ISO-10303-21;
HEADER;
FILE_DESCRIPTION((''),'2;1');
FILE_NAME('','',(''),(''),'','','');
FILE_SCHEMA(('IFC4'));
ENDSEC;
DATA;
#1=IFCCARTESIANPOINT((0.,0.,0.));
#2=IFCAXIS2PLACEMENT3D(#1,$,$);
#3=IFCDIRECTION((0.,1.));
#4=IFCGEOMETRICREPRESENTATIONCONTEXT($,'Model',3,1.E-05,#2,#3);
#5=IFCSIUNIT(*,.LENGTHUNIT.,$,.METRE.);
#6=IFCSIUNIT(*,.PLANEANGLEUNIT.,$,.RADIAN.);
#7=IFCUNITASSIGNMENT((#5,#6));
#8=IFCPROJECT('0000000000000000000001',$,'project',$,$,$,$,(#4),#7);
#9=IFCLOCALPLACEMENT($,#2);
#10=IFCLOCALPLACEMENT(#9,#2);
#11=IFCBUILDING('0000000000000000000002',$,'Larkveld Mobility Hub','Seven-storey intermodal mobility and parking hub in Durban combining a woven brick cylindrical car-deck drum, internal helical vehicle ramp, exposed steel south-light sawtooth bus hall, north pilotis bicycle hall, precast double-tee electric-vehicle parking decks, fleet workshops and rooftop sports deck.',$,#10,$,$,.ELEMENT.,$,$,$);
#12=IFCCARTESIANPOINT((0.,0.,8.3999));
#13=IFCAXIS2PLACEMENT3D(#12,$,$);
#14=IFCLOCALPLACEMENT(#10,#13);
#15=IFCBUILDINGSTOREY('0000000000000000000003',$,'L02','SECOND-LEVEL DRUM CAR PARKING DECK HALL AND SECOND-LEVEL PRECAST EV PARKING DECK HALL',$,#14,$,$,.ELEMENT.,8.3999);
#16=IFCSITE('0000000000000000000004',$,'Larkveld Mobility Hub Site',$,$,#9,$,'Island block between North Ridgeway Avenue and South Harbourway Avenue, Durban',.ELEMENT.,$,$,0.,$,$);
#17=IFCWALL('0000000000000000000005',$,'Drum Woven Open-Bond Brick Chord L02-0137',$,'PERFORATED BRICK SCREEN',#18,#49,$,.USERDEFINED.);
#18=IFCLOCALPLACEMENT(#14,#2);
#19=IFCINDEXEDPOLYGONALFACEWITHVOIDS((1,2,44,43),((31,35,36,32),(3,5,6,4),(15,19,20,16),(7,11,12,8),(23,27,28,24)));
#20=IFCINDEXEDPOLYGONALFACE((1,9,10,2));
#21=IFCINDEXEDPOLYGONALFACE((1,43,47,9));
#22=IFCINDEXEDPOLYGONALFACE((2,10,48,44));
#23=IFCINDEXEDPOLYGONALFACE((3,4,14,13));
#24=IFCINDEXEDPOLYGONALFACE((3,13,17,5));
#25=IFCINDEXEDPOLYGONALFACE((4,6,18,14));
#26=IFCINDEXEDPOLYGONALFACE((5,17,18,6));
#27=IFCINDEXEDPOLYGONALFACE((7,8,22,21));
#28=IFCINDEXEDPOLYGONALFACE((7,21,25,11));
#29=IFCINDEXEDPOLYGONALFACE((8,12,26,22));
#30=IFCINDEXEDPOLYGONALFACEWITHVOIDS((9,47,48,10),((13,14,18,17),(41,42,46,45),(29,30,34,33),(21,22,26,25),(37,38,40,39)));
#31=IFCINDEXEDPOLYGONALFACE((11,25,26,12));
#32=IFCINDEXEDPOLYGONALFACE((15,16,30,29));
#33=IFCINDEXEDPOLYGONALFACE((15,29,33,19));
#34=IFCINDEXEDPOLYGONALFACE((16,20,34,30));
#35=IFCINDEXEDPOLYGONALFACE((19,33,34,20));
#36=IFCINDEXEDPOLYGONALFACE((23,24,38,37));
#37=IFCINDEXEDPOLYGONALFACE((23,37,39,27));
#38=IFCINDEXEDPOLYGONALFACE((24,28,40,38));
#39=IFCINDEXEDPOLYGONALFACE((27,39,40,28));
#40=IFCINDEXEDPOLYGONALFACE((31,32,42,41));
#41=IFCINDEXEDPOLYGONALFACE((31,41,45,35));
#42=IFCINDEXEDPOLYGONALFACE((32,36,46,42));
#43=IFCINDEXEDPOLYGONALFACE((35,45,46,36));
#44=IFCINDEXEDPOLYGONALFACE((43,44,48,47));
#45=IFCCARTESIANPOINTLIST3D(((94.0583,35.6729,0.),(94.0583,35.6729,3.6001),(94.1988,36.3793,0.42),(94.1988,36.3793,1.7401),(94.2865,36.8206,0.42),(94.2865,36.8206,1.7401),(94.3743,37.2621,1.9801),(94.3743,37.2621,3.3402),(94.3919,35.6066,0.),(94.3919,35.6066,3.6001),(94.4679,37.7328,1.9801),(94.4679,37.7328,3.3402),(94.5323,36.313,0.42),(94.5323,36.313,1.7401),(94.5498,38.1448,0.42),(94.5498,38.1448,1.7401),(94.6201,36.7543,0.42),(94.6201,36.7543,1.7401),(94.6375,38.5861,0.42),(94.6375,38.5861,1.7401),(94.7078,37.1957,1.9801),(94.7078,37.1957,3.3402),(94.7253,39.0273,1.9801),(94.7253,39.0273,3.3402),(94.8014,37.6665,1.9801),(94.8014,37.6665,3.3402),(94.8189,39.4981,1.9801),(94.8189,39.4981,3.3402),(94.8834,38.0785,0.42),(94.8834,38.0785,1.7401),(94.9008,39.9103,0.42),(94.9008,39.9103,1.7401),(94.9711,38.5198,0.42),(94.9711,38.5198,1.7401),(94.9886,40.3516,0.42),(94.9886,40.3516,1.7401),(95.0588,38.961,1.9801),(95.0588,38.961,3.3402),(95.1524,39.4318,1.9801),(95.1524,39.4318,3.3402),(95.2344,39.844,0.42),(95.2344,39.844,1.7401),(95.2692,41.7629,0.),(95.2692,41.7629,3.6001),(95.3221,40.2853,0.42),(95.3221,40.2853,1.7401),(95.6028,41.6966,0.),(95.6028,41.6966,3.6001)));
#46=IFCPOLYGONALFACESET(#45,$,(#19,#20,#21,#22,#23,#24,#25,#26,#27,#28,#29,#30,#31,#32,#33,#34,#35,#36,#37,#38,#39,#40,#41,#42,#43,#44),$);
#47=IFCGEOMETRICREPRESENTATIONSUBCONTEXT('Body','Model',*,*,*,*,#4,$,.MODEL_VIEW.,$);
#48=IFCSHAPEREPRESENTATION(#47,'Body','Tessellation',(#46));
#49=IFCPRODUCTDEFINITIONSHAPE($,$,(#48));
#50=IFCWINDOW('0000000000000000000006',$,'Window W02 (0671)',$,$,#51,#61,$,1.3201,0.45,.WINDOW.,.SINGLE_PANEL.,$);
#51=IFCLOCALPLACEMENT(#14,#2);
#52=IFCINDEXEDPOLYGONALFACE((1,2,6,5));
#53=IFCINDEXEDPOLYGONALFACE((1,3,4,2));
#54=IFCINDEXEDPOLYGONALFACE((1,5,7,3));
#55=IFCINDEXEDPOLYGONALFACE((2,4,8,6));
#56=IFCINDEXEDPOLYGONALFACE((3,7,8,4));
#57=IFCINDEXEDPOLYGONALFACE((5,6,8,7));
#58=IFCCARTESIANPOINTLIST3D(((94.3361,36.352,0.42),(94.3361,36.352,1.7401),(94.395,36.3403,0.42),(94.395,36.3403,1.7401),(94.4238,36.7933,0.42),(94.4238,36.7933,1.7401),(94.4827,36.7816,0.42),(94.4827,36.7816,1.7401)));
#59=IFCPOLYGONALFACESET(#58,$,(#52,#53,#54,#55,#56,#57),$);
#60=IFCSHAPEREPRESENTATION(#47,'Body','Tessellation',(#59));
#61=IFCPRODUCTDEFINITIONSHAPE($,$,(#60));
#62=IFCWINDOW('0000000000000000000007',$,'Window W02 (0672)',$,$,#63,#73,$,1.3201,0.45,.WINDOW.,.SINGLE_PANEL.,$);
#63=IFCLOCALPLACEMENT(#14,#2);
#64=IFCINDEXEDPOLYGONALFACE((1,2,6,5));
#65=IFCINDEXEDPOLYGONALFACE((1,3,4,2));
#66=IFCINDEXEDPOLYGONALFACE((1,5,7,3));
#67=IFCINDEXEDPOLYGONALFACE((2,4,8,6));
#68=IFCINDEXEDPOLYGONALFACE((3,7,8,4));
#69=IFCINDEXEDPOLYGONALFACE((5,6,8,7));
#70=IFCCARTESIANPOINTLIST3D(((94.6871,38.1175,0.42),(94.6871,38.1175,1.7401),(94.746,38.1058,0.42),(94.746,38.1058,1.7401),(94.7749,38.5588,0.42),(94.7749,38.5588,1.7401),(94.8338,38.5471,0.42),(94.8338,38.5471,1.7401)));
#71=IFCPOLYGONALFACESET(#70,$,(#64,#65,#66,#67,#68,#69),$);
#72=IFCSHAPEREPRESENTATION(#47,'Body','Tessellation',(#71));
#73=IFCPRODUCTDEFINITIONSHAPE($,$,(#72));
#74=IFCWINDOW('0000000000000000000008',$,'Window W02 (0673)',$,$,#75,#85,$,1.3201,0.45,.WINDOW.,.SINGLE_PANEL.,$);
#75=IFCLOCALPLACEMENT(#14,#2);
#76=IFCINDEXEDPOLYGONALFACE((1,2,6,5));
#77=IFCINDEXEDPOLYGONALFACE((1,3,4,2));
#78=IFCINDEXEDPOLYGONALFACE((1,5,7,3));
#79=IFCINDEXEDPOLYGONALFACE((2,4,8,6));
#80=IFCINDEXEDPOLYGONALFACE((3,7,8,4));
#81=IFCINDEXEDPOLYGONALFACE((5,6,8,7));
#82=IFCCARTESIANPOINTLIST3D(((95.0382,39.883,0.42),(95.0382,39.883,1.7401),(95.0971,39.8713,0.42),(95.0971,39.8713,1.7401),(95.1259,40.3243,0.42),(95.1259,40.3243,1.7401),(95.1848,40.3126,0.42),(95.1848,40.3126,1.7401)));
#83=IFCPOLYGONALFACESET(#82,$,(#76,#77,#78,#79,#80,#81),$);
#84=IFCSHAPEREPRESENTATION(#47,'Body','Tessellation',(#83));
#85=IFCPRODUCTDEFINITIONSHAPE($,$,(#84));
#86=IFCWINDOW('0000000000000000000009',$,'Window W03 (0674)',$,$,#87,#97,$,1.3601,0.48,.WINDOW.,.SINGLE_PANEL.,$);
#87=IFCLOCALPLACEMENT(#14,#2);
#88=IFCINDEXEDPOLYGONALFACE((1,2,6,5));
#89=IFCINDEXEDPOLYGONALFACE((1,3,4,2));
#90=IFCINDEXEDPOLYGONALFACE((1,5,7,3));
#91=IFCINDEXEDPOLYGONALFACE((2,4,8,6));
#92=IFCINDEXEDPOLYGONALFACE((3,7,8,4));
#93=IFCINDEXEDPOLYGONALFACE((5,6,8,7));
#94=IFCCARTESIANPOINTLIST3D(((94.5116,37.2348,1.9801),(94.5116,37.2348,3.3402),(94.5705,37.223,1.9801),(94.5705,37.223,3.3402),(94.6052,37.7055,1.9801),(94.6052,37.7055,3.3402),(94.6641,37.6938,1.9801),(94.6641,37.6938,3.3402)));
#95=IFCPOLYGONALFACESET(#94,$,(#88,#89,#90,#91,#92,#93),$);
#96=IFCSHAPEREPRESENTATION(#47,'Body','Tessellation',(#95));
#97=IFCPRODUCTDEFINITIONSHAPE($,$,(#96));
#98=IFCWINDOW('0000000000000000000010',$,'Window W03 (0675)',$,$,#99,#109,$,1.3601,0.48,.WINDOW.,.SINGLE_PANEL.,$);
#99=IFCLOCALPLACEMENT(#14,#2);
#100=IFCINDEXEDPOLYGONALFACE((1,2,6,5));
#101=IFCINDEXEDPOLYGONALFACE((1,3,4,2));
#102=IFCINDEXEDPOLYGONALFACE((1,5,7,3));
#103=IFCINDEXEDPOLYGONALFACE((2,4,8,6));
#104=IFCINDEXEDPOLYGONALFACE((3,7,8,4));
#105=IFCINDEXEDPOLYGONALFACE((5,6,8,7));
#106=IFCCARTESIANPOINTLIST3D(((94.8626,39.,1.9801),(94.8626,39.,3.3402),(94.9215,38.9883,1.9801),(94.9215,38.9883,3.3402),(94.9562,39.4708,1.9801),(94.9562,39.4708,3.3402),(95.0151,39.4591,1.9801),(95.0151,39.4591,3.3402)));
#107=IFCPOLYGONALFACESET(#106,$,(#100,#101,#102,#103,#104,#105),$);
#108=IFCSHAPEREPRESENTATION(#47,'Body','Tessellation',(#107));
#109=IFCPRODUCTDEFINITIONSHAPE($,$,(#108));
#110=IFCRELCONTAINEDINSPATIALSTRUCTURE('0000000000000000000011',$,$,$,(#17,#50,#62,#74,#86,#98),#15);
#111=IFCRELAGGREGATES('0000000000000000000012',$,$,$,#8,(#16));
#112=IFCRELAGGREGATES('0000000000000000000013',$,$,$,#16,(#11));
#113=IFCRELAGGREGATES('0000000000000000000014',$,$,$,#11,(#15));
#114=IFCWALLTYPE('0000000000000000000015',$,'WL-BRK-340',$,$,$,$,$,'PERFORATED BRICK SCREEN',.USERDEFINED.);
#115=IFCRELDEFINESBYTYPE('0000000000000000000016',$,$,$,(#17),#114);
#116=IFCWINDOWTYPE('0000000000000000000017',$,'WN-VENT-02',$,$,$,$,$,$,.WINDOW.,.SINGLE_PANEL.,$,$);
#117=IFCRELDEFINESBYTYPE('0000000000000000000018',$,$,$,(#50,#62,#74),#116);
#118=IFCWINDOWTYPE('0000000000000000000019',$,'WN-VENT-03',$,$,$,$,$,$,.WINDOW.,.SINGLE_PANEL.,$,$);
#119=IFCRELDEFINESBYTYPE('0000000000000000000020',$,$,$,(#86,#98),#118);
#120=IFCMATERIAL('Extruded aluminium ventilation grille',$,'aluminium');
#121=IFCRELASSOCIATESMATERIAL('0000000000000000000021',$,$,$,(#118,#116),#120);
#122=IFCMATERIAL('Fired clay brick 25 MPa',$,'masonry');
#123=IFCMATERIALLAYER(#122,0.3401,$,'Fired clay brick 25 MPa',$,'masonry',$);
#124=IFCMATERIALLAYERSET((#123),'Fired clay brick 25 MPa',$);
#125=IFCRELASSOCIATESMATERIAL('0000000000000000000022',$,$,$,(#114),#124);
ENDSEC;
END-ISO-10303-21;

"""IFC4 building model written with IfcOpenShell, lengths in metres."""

from ifc_helpers import new_model, si_unit, direction, frame, frame_2d, origin, place, context, subcontext, project, spatial, rectangle, extrude, material, layer, layer_set, type_object, element, fill, save


model = new_model("IFC4")

# Units and contexts
model_context = context("Model", 3, precision=1e-05, world=origin(), true_north=direction((0.0, 1.0)))
body_context = subcontext(model_context, "Body", "Model", "MODEL_VIEW")
ifc_project = project(units=[si_unit("LENGTHUNIT", "METRE"), si_unit("PLANEANGLEUNIT", "RADIAN")], contexts=[model_context])

# Site, building, storey
site_placement = place(None, origin())
site = spatial("IfcSite", under=ifc_project, at=site_placement, Name="Larkveld Mobility Hub Site", LongName="Island block between North Ridgeway Avenue and South Harbourway Avenue, Durban", CompositionType="ELEMENT", RefElevation=0.0)
building_placement = place(site_placement, origin())
building = spatial("IfcBuilding", under=site, at=building_placement, Name="Larkveld Mobility Hub", Description="Seven-storey intermodal mobility and parking hub in Durban combining a woven brick cylindrical car-deck drum, internal helical vehicle ramp, exposed steel south-light sawtooth bus hall, north pilotis bicycle hall, precast double-tee electric-vehicle parking decks, fleet workshops and rooftop sports deck.", CompositionType="ELEMENT")
storey_placement = place(building_placement, frame((0.0, 0.0, 8.3999)))
storey = spatial("IfcBuildingStorey", under=building, at=storey_placement, Name="L02", Description="SECOND-LEVEL DRUM CAR PARKING DECK HALL AND SECOND-LEVEL PRECAST EV PARKING DECK HALL", CompositionType="ELEMENT", Elevation=8.3999)

# Wall, openings, windows
ifc_material_1 = material(Name="Fired clay brick 25 MPa", Category="masonry")
ifc_material_2 = material(Name="Extruded aluminium ventilation grille", Category="aluminium")
window_type_1 = type_object("IfcWindowType", Name="WN-VENT-03", PartitioningType="SINGLE_PANEL", PredefinedType="WINDOW", material=ifc_material_2)
ifc_layer_1 = layer(ifc_material_1, 0.3401, Name="Fired clay brick 25 MPa", Category="masonry")
ifc_layer_set_1 = layer_set([ifc_layer_1], Name="Fired clay brick 25 MPa")
wall_type_1 = type_object("IfcWallType", Name="WL-BRK-340", ElementType="PERFORATED BRICK SCREEN", PredefinedType="USERDEFINED", material=ifc_layer_set_1)
wall_1_placement = place(storey_placement, frame((94.2251, 35.6399, 0.0), z_axis=(0.0, 0.0, 1.0), x_axis=(0.19502, 0.980799, 0.0)))
wall_1 = element("IfcWall", 1, at=wall_1_placement, inside=storey, type_object=wall_type_1, Name="Drum Woven Open-Bond Brick Chord L02-0137", ObjectType="PERFORATED BRICK SCREEN", PredefinedType="USERDEFINED", context=body_context, shape_type="SweptSolid", body=[
    extrude(rectangle(XDim=6.2092, YDim=0.3401, at=frame_2d((3.1045, 0.0))), origin(), (0.0, 0.0, 1.0), 3.6001),
])
opening_1_placement = place(wall_1_placement, frame((0.72, 0.0, 0.4199)))
opening_1 = element("IfcOpeningElement", 2, at=opening_1_placement, cuts=wall_1, PredefinedType="OPENING", context=body_context, shape_type="SweptSolid", body=[
    extrude(rectangle(XDim=0.45, YDim=1.3201, at=frame_2d((0.2251, 0.6602))), frame((0.0, 0.1802, 0.0), z_axis=(0.0, -1.0, 0.0), x_axis=(1.0, 0.0, 0.0)), (0.0, 0.0, 1.0), 0.3601),
])
opening_2_placement = place(wall_1_placement, frame((2.52, 0.0, 0.4199)))
opening_2 = element("IfcOpeningElement", 3, at=opening_2_placement, cuts=wall_1, PredefinedType="OPENING", context=body_context, shape_type="SweptSolid", body=[
    extrude(rectangle(XDim=0.45, YDim=1.3201, at=frame_2d((0.2251, 0.6602))), frame((0.0, 0.1802, 0.0), z_axis=(0.0, -1.0, 0.0), x_axis=(1.0, 0.0, 0.0)), (0.0, 0.0, 1.0), 0.3601),
])
opening_3_placement = place(wall_1_placement, frame((4.3201, 0.0, 0.4199)))
opening_3 = element("IfcOpeningElement", 4, at=opening_3_placement, cuts=wall_1, PredefinedType="OPENING", context=body_context, shape_type="SweptSolid", body=[
    extrude(rectangle(XDim=0.45, YDim=1.3201, at=frame_2d((0.2251, 0.6602))), frame((0.0, 0.1802, 0.0), z_axis=(0.0, -1.0, 0.0), x_axis=(1.0, 0.0, 0.0)), (0.0, 0.0, 1.0), 0.3601),
])
opening_4_placement = place(wall_1_placement, frame((1.6201, 0.0, 1.98)))
opening_4 = element("IfcOpeningElement", 5, at=opening_4_placement, cuts=wall_1, PredefinedType="OPENING", context=body_context, shape_type="SweptSolid", body=[
    extrude(rectangle(XDim=0.48, YDim=1.3601, at=frame_2d((0.24, 0.6802))), frame((0.0, 0.1802, 0.0), z_axis=(0.0, -1.0, 0.0), x_axis=(1.0, 0.0, 0.0)), (0.0, 0.0, 1.0), 0.3601),
])
opening_5_placement = place(wall_1_placement, frame((3.4199, 0.0, 1.98)))
opening_5 = element("IfcOpeningElement", 6, at=opening_5_placement, cuts=wall_1, PredefinedType="OPENING", context=body_context, shape_type="SweptSolid", body=[
    extrude(rectangle(XDim=0.48, YDim=1.3601, at=frame_2d((0.24, 0.6802))), frame((0.0, 0.1802, 0.0), z_axis=(0.0, -1.0, 0.0), x_axis=(1.0, 0.0, 0.0)), (0.0, 0.0, 1.0), 0.3601),
])
window_type_2 = type_object("IfcWindowType", Name="WN-VENT-02", PartitioningType="SINGLE_PANEL", PredefinedType="WINDOW", material=ifc_material_2)
window_1_placement = place(opening_1_placement, origin())
window_1 = element("IfcWindow", 7, at=window_1_placement, inside=storey, type_object=window_type_2, Name="Window W02 (0671)", OverallHeight=1.3201, OverallWidth=0.45, PartitioningType="SINGLE_PANEL", PredefinedType="WINDOW", context=body_context, shape_type="SweptSolid", body=[
    extrude(rectangle(XDim=0.45, YDim=1.3201, at=frame_2d((0.2251, 0.6602))), frame((0.0, 0.03, 0.0), z_axis=(0.0, -1.0, 0.0), x_axis=(1.0, 0.0, 0.0)), (0.0, 0.0, 1.0), 0.0601),
])
fill(opening_1, window_1)
window_2_placement = place(opening_2_placement, origin())
window_2 = element("IfcWindow", 8, at=window_2_placement, inside=storey, type_object=window_type_2, Name="Window W02 (0672)", OverallHeight=1.3201, OverallWidth=0.45, PartitioningType="SINGLE_PANEL", PredefinedType="WINDOW", context=body_context, shape_type="SweptSolid", body=[
    extrude(rectangle(XDim=0.45, YDim=1.3201, at=frame_2d((0.2251, 0.6602))), frame((0.0, 0.03, 0.0), z_axis=(0.0, -1.0, 0.0), x_axis=(1.0, 0.0, 0.0)), (0.0, 0.0, 1.0), 0.0601),
])
fill(opening_2, window_2)
window_3_placement = place(opening_3_placement, origin())
window_3 = element("IfcWindow", 9, at=window_3_placement, inside=storey, type_object=window_type_2, Name="Window W02 (0673)", OverallHeight=1.3201, OverallWidth=0.45, PartitioningType="SINGLE_PANEL", PredefinedType="WINDOW", context=body_context, shape_type="SweptSolid", body=[
    extrude(rectangle(XDim=0.45, YDim=1.3201, at=frame_2d((0.2251, 0.6602))), frame((0.0, 0.03, 0.0), z_axis=(0.0, -1.0, 0.0), x_axis=(1.0, 0.0, 0.0)), (0.0, 0.0, 1.0), 0.0601),
])
fill(opening_3, window_3)
window_4_placement = place(opening_4_placement, origin())
window_4 = element("IfcWindow", 10, at=window_4_placement, inside=storey, type_object=window_type_1, Name="Window W03 (0674)", OverallHeight=1.3601, OverallWidth=0.48, PartitioningType="SINGLE_PANEL", PredefinedType="WINDOW", context=body_context, shape_type="SweptSolid", body=[
    extrude(rectangle(XDim=0.48, YDim=1.3601, at=frame_2d((0.24, 0.6802))), frame((0.0, 0.03, 0.0), z_axis=(0.0, -1.0, 0.0), x_axis=(1.0, 0.0, 0.0)), (0.0, 0.0, 1.0), 0.0601),
])
fill(opening_4, window_4)
window_5_placement = place(opening_5_placement, origin())
window_5 = element("IfcWindow", 11, at=window_5_placement, inside=storey, type_object=window_type_1, Name="Window W03 (0675)", OverallHeight=1.3601, OverallWidth=0.48, PartitioningType="SINGLE_PANEL", PredefinedType="WINDOW", context=body_context, shape_type="SweptSolid", body=[
    extrude(rectangle(XDim=0.48, YDim=1.3601, at=frame_2d((0.24, 0.6802))), frame((0.0, 0.03, 0.0), z_axis=(0.0, -1.0, 0.0), x_axis=(1.0, 0.0, 0.0)), (0.0, 0.0, 1.0), 0.0601),
])
fill(opening_5, window_5)

save(model, "model.ifc")
